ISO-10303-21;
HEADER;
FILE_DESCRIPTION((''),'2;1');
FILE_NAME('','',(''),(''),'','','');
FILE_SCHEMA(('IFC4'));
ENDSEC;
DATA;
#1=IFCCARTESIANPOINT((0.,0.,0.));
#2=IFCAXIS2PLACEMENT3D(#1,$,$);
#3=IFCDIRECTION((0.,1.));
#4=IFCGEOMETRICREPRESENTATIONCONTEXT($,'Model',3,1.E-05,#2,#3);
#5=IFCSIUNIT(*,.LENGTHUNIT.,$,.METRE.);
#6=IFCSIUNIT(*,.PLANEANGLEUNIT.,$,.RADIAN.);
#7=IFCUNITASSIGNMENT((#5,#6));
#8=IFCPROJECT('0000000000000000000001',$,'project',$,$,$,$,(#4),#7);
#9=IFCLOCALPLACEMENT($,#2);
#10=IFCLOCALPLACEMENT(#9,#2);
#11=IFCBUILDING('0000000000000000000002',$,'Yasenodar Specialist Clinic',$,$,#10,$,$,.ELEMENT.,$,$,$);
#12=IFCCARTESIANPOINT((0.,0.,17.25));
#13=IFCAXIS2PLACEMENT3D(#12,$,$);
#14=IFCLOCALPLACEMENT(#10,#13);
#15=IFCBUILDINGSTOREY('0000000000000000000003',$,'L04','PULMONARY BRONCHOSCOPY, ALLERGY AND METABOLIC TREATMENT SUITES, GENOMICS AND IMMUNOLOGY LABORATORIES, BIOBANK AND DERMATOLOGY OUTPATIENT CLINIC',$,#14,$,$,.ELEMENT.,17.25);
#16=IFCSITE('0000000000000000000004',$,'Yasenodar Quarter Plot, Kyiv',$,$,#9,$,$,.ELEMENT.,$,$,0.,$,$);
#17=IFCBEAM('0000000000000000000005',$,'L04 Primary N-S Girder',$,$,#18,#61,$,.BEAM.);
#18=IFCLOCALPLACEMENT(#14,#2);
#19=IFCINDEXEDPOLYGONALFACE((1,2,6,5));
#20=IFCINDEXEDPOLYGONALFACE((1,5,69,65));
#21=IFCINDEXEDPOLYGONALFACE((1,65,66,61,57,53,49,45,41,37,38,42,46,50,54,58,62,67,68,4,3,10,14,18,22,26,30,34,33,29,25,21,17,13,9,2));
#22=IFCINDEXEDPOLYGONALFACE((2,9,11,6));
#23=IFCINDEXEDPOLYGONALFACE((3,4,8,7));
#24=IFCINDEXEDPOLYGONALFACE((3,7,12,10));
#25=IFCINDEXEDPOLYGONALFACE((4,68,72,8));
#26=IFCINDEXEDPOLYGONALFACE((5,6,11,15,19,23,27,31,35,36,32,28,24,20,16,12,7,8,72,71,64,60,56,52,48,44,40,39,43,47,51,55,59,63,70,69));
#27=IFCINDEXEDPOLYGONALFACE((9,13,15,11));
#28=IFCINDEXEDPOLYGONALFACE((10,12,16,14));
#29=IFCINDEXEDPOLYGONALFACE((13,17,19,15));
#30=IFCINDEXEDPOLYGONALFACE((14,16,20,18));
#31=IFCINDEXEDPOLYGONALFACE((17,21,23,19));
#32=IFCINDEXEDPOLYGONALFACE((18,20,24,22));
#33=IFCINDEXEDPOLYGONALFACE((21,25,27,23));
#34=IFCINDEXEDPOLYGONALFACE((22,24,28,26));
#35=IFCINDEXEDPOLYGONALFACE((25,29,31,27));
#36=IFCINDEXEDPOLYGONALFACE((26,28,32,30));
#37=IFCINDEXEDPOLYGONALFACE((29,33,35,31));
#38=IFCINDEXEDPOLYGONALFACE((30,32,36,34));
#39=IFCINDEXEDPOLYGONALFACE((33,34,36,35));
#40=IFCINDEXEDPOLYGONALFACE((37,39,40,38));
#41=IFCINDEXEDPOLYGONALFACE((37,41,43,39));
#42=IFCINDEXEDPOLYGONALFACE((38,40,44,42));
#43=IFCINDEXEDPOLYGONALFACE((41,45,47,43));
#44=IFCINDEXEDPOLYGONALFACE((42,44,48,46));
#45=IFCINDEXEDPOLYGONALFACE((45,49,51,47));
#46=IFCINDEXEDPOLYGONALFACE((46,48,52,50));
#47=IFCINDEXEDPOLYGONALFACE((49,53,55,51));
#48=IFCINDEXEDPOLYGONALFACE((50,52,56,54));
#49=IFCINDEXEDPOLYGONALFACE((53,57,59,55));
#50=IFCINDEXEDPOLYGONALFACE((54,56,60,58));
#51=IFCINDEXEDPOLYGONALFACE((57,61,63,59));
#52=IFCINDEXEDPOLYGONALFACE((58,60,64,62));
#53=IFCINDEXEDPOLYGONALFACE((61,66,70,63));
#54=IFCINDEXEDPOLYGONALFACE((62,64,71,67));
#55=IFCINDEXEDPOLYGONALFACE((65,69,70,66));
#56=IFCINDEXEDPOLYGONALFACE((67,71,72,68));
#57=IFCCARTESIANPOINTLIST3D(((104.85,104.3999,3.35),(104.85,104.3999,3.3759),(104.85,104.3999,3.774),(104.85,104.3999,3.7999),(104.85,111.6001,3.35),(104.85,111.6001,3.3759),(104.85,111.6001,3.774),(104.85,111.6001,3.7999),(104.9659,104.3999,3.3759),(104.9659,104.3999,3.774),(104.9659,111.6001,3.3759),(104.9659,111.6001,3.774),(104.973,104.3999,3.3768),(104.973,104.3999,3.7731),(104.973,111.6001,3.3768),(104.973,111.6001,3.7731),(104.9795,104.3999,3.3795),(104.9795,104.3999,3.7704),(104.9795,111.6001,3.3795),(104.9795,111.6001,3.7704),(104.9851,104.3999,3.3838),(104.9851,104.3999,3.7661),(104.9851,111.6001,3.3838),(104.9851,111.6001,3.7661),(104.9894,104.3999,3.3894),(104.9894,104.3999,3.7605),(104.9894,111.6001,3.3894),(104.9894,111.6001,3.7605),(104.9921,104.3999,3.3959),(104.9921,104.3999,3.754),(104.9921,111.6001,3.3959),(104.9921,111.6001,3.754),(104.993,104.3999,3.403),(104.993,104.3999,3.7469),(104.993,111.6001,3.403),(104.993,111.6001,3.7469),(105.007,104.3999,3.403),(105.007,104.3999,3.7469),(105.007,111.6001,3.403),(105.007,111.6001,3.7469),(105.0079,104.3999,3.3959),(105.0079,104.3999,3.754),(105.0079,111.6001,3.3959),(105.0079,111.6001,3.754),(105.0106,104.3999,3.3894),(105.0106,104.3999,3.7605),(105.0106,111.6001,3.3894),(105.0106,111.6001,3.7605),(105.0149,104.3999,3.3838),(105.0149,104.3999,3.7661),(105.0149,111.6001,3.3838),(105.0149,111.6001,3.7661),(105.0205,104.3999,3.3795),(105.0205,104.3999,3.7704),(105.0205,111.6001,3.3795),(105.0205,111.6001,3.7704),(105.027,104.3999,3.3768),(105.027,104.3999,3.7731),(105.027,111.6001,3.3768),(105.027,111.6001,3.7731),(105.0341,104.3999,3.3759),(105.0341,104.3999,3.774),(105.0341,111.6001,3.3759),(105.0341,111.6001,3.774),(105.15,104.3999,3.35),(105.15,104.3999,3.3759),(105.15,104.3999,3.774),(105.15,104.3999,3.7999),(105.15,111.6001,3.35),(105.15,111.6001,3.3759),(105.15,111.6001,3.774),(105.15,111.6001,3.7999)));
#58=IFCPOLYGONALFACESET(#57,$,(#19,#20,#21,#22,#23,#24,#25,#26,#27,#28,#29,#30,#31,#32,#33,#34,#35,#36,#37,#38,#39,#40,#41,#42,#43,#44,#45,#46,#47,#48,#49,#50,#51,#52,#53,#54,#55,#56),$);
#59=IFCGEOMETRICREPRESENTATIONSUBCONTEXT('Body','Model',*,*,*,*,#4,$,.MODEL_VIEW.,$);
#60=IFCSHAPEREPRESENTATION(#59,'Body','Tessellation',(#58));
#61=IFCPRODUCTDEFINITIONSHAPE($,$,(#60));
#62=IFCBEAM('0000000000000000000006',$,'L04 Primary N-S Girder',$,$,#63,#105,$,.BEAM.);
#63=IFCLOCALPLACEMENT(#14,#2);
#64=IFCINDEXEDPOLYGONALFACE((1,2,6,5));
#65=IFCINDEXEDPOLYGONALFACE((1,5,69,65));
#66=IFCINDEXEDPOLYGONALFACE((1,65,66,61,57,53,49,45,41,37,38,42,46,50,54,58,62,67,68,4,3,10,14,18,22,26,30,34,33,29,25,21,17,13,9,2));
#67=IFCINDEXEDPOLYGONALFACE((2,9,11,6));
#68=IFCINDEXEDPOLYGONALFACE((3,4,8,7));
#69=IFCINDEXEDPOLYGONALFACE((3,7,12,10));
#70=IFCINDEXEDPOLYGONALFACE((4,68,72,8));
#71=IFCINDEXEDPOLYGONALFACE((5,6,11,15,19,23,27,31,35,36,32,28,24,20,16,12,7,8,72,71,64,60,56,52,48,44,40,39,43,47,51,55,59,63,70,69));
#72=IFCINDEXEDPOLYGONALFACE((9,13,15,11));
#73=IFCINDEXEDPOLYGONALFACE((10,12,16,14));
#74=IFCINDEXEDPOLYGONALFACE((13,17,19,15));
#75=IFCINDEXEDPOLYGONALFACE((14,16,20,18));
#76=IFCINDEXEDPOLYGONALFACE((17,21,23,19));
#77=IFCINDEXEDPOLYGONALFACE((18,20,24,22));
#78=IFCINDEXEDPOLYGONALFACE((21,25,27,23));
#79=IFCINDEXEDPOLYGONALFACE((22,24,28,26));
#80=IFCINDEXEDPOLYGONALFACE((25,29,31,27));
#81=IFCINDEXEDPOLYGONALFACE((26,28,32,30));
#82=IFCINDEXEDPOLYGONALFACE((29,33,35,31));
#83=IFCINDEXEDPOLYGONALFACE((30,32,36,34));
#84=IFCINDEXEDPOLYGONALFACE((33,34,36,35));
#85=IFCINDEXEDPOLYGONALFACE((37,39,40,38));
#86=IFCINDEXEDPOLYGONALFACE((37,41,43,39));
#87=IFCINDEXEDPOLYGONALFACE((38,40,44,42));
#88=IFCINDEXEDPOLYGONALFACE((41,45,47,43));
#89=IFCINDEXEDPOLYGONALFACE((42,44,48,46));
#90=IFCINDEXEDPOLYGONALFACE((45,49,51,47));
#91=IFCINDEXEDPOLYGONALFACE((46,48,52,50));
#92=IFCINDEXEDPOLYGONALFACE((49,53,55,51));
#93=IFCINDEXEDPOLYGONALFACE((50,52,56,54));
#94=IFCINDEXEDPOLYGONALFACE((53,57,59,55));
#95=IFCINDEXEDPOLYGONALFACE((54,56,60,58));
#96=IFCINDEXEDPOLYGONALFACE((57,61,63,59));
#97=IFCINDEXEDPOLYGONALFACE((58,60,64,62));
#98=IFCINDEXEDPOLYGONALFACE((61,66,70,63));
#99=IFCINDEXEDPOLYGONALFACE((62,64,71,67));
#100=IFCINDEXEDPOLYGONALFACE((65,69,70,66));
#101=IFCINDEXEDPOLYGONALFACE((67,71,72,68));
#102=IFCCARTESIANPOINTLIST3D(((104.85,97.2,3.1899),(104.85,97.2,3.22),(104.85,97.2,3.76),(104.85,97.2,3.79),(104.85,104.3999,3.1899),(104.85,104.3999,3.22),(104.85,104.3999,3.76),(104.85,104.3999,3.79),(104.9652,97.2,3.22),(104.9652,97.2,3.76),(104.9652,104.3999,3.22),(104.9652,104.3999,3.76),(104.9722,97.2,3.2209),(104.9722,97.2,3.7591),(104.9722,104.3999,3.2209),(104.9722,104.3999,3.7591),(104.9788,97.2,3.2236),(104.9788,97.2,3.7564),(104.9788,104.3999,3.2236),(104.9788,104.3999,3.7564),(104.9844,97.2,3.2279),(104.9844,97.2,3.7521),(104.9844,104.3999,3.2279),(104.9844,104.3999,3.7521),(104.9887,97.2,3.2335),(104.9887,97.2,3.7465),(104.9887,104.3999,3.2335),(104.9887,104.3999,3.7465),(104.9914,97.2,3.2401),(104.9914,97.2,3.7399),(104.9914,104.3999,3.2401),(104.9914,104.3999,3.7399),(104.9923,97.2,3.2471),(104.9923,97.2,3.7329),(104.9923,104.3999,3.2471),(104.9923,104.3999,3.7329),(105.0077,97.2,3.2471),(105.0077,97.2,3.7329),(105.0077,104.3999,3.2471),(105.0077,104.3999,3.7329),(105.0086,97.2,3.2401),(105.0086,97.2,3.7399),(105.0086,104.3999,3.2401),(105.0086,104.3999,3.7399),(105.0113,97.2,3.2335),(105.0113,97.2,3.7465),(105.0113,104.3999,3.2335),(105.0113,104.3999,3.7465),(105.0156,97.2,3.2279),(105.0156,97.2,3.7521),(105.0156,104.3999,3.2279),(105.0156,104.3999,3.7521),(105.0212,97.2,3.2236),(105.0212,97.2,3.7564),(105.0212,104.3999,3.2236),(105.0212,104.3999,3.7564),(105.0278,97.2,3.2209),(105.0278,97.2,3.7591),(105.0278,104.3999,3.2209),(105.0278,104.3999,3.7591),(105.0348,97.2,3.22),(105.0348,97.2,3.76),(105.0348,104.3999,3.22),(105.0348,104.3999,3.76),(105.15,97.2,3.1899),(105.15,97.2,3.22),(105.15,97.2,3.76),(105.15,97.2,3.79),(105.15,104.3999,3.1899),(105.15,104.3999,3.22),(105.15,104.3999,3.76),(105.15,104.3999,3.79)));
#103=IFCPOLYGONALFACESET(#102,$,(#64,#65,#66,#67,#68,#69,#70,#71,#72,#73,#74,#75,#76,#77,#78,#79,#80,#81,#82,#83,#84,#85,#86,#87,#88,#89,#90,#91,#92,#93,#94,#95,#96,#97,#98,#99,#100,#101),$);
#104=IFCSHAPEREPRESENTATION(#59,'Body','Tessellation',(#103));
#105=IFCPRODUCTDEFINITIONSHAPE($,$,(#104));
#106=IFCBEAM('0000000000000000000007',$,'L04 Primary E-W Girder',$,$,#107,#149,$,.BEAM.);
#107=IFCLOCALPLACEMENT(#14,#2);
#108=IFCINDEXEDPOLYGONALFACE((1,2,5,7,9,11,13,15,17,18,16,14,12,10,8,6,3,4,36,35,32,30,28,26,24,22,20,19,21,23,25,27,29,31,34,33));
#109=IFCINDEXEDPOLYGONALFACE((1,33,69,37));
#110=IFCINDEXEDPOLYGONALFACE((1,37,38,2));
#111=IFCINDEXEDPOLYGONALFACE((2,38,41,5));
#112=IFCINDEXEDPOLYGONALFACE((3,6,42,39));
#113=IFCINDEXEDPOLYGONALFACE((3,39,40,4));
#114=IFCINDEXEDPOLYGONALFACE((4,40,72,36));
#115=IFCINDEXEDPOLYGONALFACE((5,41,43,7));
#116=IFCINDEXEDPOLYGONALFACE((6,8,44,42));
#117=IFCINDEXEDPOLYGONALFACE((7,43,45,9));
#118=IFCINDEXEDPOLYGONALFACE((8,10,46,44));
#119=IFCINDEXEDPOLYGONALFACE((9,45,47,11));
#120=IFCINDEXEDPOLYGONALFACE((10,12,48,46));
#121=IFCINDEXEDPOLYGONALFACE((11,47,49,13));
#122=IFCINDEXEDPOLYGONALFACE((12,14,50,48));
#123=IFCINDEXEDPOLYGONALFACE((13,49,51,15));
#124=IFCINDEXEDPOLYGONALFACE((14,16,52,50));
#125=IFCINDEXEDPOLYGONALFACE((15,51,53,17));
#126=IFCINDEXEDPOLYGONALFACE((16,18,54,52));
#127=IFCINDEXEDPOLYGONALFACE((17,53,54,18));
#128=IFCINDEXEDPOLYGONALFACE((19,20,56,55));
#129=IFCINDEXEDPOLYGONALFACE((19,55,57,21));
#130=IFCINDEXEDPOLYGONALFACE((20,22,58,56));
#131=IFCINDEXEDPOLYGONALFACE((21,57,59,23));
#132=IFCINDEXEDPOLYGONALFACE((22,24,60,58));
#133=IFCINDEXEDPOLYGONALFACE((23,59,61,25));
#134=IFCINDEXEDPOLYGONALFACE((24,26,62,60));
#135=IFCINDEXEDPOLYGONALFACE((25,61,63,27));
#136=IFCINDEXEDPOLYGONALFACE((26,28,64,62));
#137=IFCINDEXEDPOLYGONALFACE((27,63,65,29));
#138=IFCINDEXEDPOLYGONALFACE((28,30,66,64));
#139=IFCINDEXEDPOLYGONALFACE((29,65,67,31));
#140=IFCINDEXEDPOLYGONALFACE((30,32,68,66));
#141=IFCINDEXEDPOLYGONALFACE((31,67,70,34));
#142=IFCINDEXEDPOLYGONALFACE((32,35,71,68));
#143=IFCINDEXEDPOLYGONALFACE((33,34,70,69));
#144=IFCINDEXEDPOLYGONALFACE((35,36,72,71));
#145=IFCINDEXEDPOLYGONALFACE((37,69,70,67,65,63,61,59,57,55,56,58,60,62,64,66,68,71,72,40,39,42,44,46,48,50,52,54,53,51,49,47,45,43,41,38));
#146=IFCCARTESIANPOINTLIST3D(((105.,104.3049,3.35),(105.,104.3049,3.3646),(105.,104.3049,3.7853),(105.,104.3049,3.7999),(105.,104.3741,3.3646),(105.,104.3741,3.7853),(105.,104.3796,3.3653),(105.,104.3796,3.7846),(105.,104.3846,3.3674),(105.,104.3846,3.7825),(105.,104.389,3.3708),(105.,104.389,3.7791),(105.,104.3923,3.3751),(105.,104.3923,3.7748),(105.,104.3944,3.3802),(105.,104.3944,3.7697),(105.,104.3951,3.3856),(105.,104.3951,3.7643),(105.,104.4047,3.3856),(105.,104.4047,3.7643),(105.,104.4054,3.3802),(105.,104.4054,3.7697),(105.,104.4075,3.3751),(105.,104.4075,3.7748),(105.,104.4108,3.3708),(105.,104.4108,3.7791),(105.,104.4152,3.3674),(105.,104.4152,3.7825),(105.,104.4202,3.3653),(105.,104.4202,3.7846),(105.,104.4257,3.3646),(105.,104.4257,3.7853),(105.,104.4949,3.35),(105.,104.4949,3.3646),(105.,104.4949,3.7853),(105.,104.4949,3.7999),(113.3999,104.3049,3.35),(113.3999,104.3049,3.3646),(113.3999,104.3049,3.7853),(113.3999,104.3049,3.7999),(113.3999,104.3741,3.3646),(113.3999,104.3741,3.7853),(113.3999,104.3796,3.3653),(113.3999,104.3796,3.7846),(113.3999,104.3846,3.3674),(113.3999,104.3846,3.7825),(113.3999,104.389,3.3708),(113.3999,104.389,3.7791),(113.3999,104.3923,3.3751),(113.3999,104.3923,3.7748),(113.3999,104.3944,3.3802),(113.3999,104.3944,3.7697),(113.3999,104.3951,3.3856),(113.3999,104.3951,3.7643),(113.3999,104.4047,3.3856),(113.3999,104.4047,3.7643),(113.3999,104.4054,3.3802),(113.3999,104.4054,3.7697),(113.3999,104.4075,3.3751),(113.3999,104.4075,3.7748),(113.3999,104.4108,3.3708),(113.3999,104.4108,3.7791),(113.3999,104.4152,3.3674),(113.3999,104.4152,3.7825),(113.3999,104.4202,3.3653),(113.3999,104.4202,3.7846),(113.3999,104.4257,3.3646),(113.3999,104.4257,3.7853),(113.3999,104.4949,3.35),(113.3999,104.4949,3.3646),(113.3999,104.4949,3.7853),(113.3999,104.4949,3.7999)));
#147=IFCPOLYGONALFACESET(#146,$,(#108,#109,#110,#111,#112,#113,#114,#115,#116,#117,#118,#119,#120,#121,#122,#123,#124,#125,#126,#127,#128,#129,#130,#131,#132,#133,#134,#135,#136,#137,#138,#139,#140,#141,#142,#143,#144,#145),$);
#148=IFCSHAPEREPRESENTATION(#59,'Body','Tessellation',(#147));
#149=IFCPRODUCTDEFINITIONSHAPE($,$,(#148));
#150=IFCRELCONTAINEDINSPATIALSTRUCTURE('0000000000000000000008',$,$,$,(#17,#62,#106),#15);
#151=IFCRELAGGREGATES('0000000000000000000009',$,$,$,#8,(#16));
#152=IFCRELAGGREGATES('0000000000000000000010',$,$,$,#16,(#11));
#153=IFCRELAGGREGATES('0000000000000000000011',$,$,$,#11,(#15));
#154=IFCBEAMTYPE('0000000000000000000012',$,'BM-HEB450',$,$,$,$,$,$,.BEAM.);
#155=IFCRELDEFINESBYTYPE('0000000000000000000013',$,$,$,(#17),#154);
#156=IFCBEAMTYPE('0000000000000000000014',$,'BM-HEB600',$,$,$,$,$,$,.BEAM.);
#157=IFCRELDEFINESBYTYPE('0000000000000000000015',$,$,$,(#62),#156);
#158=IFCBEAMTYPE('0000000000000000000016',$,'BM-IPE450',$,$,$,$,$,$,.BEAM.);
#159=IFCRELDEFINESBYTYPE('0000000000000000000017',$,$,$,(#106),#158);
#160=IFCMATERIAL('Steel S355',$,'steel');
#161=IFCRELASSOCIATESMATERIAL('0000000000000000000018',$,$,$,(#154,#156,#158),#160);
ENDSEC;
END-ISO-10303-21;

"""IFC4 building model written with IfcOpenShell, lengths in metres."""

from ifc_helpers import new_model, si_unit, direction, frame, origin, origin_2d, place, context, subcontext, project, spatial, i_section, extrude, material, material_profile, profile_set, type_object, element, save


model = new_model("IFC4")

# Units and contexts
model_context = context("Model", 3, precision=1e-05, world=origin(), true_north=direction((0.0, 1.0)))
body_context = subcontext(model_context, "Body", "Model", "MODEL_VIEW")
ifc_project = project(units=[si_unit("LENGTHUNIT", "METRE"), si_unit("PLANEANGLEUNIT", "RADIAN")], contexts=[model_context])

# Site, building, storey
site_placement = place(None, origin())
site = spatial("IfcSite", under=ifc_project, at=site_placement, Name="Yasenodar Quarter Plot, Kyiv", CompositionType="ELEMENT", RefElevation=0.0)
building_placement = place(site_placement, origin())
building = spatial("IfcBuilding", under=site, at=building_placement, Name="Yasenodar Specialist Clinic", CompositionType="ELEMENT")
storey_placement = place(building_placement, frame((0.0, 0.0, 17.25)))
storey = spatial("IfcBuildingStorey", under=building, at=storey_placement, Name="L04", Description="PULMONARY BRONCHOSCOPY, ALLERGY AND METABOLIC TREATMENT SUITES, GENOMICS AND IMMUNOLOGY LABORATORIES, BIOBANK AND DERMATOLOGY OUTPATIENT CLINIC", CompositionType="ELEMENT", Elevation=17.25)

# Shared definitions
ifc_material_1 = material(Name="Steel S355", Category="steel")

# Beams
ifc_material_profile_1 = material_profile(ifc_material_1, i_section(OverallWidth=0.3, OverallDepth=0.45, WebThickness=0.0139, FlangeThickness=0.0259, FilletRadius=0.0271, at=origin_2d()), Name="HEB 450")
ifc_profile_set_1 = profile_set([ifc_material_profile_1], Name="Steel S355")
beam_type_1 = type_object("IfcBeamType", Name="BM-HEB450", PredefinedType="BEAM", material=ifc_profile_set_1)
beam_1_placement = place(storey_placement, frame((105.0, 104.3999, 3.575), z_axis=(0.0, 1.0, 0.0), x_axis=(-1.0, 0.0, 0.0)))
element("IfcBeam", 1, at=beam_1_placement, inside=storey, type_object=beam_type_1, Name="L04 Primary N-S Girder", PredefinedType="BEAM", context=body_context, shape_type="SweptSolid", body=[
    extrude(i_section(OverallWidth=0.3, OverallDepth=0.45, WebThickness=0.0139, FlangeThickness=0.0259, FilletRadius=0.0271, at=origin_2d()), origin(), (0.0, 0.0, 1.0), 7.2002),
])
ifc_material_profile_2 = material_profile(ifc_material_1, i_section(OverallWidth=0.3, OverallDepth=0.6001, WebThickness=0.0154, FlangeThickness=0.03, FilletRadius=0.0271, at=origin_2d()), Name="HEB 600")
ifc_profile_set_2 = profile_set([ifc_material_profile_2], Name="Steel S355")
beam_type_2 = type_object("IfcBeamType", Name="BM-HEB600", PredefinedType="BEAM", material=ifc_profile_set_2)
beam_2_placement = place(storey_placement, frame((105.0, 97.2, 3.49), z_axis=(0.0, 1.0, 0.0), x_axis=(-1.0, 0.0, 0.0)))
element("IfcBeam", 2, at=beam_2_placement, inside=storey, type_object=beam_type_2, Name="L04 Primary N-S Girder", PredefinedType="BEAM", context=body_context, shape_type="SweptSolid", body=[
    extrude(i_section(OverallWidth=0.3, OverallDepth=0.6001, WebThickness=0.0154, FlangeThickness=0.03, FilletRadius=0.0271, at=origin_2d()), origin(), (0.0, 0.0, 1.0), 7.2),
])
ifc_material_profile_3 = material_profile(ifc_material_1, i_section(OverallWidth=0.1899, OverallDepth=0.45, WebThickness=0.0095, FlangeThickness=0.0146, FilletRadius=0.021, at=origin_2d()), Name="IPE 450")
ifc_profile_set_3 = profile_set([ifc_material_profile_3], Name="Steel S355")
beam_type_3 = type_object("IfcBeamType", Name="BM-IPE450", PredefinedType="BEAM", material=ifc_profile_set_3)
beam_3_placement = place(storey_placement, frame((105.0, 104.3999, 3.575), z_axis=(1.0, 0.0, 0.0), x_axis=(0.0, 1.0, 0.0)))
element("IfcBeam", 3, at=beam_3_placement, inside=storey, type_object=beam_type_3, Name="L04 Primary E-W Girder", PredefinedType="BEAM", context=body_context, shape_type="SweptSolid", body=[
    extrude(i_section(OverallWidth=0.1899, OverallDepth=0.45, WebThickness=0.0095, FlangeThickness=0.0146, FilletRadius=0.021, at=origin_2d()), origin(), (0.0, 0.0, 1.0), 8.3999),
])

save(model, "model.ifc")
